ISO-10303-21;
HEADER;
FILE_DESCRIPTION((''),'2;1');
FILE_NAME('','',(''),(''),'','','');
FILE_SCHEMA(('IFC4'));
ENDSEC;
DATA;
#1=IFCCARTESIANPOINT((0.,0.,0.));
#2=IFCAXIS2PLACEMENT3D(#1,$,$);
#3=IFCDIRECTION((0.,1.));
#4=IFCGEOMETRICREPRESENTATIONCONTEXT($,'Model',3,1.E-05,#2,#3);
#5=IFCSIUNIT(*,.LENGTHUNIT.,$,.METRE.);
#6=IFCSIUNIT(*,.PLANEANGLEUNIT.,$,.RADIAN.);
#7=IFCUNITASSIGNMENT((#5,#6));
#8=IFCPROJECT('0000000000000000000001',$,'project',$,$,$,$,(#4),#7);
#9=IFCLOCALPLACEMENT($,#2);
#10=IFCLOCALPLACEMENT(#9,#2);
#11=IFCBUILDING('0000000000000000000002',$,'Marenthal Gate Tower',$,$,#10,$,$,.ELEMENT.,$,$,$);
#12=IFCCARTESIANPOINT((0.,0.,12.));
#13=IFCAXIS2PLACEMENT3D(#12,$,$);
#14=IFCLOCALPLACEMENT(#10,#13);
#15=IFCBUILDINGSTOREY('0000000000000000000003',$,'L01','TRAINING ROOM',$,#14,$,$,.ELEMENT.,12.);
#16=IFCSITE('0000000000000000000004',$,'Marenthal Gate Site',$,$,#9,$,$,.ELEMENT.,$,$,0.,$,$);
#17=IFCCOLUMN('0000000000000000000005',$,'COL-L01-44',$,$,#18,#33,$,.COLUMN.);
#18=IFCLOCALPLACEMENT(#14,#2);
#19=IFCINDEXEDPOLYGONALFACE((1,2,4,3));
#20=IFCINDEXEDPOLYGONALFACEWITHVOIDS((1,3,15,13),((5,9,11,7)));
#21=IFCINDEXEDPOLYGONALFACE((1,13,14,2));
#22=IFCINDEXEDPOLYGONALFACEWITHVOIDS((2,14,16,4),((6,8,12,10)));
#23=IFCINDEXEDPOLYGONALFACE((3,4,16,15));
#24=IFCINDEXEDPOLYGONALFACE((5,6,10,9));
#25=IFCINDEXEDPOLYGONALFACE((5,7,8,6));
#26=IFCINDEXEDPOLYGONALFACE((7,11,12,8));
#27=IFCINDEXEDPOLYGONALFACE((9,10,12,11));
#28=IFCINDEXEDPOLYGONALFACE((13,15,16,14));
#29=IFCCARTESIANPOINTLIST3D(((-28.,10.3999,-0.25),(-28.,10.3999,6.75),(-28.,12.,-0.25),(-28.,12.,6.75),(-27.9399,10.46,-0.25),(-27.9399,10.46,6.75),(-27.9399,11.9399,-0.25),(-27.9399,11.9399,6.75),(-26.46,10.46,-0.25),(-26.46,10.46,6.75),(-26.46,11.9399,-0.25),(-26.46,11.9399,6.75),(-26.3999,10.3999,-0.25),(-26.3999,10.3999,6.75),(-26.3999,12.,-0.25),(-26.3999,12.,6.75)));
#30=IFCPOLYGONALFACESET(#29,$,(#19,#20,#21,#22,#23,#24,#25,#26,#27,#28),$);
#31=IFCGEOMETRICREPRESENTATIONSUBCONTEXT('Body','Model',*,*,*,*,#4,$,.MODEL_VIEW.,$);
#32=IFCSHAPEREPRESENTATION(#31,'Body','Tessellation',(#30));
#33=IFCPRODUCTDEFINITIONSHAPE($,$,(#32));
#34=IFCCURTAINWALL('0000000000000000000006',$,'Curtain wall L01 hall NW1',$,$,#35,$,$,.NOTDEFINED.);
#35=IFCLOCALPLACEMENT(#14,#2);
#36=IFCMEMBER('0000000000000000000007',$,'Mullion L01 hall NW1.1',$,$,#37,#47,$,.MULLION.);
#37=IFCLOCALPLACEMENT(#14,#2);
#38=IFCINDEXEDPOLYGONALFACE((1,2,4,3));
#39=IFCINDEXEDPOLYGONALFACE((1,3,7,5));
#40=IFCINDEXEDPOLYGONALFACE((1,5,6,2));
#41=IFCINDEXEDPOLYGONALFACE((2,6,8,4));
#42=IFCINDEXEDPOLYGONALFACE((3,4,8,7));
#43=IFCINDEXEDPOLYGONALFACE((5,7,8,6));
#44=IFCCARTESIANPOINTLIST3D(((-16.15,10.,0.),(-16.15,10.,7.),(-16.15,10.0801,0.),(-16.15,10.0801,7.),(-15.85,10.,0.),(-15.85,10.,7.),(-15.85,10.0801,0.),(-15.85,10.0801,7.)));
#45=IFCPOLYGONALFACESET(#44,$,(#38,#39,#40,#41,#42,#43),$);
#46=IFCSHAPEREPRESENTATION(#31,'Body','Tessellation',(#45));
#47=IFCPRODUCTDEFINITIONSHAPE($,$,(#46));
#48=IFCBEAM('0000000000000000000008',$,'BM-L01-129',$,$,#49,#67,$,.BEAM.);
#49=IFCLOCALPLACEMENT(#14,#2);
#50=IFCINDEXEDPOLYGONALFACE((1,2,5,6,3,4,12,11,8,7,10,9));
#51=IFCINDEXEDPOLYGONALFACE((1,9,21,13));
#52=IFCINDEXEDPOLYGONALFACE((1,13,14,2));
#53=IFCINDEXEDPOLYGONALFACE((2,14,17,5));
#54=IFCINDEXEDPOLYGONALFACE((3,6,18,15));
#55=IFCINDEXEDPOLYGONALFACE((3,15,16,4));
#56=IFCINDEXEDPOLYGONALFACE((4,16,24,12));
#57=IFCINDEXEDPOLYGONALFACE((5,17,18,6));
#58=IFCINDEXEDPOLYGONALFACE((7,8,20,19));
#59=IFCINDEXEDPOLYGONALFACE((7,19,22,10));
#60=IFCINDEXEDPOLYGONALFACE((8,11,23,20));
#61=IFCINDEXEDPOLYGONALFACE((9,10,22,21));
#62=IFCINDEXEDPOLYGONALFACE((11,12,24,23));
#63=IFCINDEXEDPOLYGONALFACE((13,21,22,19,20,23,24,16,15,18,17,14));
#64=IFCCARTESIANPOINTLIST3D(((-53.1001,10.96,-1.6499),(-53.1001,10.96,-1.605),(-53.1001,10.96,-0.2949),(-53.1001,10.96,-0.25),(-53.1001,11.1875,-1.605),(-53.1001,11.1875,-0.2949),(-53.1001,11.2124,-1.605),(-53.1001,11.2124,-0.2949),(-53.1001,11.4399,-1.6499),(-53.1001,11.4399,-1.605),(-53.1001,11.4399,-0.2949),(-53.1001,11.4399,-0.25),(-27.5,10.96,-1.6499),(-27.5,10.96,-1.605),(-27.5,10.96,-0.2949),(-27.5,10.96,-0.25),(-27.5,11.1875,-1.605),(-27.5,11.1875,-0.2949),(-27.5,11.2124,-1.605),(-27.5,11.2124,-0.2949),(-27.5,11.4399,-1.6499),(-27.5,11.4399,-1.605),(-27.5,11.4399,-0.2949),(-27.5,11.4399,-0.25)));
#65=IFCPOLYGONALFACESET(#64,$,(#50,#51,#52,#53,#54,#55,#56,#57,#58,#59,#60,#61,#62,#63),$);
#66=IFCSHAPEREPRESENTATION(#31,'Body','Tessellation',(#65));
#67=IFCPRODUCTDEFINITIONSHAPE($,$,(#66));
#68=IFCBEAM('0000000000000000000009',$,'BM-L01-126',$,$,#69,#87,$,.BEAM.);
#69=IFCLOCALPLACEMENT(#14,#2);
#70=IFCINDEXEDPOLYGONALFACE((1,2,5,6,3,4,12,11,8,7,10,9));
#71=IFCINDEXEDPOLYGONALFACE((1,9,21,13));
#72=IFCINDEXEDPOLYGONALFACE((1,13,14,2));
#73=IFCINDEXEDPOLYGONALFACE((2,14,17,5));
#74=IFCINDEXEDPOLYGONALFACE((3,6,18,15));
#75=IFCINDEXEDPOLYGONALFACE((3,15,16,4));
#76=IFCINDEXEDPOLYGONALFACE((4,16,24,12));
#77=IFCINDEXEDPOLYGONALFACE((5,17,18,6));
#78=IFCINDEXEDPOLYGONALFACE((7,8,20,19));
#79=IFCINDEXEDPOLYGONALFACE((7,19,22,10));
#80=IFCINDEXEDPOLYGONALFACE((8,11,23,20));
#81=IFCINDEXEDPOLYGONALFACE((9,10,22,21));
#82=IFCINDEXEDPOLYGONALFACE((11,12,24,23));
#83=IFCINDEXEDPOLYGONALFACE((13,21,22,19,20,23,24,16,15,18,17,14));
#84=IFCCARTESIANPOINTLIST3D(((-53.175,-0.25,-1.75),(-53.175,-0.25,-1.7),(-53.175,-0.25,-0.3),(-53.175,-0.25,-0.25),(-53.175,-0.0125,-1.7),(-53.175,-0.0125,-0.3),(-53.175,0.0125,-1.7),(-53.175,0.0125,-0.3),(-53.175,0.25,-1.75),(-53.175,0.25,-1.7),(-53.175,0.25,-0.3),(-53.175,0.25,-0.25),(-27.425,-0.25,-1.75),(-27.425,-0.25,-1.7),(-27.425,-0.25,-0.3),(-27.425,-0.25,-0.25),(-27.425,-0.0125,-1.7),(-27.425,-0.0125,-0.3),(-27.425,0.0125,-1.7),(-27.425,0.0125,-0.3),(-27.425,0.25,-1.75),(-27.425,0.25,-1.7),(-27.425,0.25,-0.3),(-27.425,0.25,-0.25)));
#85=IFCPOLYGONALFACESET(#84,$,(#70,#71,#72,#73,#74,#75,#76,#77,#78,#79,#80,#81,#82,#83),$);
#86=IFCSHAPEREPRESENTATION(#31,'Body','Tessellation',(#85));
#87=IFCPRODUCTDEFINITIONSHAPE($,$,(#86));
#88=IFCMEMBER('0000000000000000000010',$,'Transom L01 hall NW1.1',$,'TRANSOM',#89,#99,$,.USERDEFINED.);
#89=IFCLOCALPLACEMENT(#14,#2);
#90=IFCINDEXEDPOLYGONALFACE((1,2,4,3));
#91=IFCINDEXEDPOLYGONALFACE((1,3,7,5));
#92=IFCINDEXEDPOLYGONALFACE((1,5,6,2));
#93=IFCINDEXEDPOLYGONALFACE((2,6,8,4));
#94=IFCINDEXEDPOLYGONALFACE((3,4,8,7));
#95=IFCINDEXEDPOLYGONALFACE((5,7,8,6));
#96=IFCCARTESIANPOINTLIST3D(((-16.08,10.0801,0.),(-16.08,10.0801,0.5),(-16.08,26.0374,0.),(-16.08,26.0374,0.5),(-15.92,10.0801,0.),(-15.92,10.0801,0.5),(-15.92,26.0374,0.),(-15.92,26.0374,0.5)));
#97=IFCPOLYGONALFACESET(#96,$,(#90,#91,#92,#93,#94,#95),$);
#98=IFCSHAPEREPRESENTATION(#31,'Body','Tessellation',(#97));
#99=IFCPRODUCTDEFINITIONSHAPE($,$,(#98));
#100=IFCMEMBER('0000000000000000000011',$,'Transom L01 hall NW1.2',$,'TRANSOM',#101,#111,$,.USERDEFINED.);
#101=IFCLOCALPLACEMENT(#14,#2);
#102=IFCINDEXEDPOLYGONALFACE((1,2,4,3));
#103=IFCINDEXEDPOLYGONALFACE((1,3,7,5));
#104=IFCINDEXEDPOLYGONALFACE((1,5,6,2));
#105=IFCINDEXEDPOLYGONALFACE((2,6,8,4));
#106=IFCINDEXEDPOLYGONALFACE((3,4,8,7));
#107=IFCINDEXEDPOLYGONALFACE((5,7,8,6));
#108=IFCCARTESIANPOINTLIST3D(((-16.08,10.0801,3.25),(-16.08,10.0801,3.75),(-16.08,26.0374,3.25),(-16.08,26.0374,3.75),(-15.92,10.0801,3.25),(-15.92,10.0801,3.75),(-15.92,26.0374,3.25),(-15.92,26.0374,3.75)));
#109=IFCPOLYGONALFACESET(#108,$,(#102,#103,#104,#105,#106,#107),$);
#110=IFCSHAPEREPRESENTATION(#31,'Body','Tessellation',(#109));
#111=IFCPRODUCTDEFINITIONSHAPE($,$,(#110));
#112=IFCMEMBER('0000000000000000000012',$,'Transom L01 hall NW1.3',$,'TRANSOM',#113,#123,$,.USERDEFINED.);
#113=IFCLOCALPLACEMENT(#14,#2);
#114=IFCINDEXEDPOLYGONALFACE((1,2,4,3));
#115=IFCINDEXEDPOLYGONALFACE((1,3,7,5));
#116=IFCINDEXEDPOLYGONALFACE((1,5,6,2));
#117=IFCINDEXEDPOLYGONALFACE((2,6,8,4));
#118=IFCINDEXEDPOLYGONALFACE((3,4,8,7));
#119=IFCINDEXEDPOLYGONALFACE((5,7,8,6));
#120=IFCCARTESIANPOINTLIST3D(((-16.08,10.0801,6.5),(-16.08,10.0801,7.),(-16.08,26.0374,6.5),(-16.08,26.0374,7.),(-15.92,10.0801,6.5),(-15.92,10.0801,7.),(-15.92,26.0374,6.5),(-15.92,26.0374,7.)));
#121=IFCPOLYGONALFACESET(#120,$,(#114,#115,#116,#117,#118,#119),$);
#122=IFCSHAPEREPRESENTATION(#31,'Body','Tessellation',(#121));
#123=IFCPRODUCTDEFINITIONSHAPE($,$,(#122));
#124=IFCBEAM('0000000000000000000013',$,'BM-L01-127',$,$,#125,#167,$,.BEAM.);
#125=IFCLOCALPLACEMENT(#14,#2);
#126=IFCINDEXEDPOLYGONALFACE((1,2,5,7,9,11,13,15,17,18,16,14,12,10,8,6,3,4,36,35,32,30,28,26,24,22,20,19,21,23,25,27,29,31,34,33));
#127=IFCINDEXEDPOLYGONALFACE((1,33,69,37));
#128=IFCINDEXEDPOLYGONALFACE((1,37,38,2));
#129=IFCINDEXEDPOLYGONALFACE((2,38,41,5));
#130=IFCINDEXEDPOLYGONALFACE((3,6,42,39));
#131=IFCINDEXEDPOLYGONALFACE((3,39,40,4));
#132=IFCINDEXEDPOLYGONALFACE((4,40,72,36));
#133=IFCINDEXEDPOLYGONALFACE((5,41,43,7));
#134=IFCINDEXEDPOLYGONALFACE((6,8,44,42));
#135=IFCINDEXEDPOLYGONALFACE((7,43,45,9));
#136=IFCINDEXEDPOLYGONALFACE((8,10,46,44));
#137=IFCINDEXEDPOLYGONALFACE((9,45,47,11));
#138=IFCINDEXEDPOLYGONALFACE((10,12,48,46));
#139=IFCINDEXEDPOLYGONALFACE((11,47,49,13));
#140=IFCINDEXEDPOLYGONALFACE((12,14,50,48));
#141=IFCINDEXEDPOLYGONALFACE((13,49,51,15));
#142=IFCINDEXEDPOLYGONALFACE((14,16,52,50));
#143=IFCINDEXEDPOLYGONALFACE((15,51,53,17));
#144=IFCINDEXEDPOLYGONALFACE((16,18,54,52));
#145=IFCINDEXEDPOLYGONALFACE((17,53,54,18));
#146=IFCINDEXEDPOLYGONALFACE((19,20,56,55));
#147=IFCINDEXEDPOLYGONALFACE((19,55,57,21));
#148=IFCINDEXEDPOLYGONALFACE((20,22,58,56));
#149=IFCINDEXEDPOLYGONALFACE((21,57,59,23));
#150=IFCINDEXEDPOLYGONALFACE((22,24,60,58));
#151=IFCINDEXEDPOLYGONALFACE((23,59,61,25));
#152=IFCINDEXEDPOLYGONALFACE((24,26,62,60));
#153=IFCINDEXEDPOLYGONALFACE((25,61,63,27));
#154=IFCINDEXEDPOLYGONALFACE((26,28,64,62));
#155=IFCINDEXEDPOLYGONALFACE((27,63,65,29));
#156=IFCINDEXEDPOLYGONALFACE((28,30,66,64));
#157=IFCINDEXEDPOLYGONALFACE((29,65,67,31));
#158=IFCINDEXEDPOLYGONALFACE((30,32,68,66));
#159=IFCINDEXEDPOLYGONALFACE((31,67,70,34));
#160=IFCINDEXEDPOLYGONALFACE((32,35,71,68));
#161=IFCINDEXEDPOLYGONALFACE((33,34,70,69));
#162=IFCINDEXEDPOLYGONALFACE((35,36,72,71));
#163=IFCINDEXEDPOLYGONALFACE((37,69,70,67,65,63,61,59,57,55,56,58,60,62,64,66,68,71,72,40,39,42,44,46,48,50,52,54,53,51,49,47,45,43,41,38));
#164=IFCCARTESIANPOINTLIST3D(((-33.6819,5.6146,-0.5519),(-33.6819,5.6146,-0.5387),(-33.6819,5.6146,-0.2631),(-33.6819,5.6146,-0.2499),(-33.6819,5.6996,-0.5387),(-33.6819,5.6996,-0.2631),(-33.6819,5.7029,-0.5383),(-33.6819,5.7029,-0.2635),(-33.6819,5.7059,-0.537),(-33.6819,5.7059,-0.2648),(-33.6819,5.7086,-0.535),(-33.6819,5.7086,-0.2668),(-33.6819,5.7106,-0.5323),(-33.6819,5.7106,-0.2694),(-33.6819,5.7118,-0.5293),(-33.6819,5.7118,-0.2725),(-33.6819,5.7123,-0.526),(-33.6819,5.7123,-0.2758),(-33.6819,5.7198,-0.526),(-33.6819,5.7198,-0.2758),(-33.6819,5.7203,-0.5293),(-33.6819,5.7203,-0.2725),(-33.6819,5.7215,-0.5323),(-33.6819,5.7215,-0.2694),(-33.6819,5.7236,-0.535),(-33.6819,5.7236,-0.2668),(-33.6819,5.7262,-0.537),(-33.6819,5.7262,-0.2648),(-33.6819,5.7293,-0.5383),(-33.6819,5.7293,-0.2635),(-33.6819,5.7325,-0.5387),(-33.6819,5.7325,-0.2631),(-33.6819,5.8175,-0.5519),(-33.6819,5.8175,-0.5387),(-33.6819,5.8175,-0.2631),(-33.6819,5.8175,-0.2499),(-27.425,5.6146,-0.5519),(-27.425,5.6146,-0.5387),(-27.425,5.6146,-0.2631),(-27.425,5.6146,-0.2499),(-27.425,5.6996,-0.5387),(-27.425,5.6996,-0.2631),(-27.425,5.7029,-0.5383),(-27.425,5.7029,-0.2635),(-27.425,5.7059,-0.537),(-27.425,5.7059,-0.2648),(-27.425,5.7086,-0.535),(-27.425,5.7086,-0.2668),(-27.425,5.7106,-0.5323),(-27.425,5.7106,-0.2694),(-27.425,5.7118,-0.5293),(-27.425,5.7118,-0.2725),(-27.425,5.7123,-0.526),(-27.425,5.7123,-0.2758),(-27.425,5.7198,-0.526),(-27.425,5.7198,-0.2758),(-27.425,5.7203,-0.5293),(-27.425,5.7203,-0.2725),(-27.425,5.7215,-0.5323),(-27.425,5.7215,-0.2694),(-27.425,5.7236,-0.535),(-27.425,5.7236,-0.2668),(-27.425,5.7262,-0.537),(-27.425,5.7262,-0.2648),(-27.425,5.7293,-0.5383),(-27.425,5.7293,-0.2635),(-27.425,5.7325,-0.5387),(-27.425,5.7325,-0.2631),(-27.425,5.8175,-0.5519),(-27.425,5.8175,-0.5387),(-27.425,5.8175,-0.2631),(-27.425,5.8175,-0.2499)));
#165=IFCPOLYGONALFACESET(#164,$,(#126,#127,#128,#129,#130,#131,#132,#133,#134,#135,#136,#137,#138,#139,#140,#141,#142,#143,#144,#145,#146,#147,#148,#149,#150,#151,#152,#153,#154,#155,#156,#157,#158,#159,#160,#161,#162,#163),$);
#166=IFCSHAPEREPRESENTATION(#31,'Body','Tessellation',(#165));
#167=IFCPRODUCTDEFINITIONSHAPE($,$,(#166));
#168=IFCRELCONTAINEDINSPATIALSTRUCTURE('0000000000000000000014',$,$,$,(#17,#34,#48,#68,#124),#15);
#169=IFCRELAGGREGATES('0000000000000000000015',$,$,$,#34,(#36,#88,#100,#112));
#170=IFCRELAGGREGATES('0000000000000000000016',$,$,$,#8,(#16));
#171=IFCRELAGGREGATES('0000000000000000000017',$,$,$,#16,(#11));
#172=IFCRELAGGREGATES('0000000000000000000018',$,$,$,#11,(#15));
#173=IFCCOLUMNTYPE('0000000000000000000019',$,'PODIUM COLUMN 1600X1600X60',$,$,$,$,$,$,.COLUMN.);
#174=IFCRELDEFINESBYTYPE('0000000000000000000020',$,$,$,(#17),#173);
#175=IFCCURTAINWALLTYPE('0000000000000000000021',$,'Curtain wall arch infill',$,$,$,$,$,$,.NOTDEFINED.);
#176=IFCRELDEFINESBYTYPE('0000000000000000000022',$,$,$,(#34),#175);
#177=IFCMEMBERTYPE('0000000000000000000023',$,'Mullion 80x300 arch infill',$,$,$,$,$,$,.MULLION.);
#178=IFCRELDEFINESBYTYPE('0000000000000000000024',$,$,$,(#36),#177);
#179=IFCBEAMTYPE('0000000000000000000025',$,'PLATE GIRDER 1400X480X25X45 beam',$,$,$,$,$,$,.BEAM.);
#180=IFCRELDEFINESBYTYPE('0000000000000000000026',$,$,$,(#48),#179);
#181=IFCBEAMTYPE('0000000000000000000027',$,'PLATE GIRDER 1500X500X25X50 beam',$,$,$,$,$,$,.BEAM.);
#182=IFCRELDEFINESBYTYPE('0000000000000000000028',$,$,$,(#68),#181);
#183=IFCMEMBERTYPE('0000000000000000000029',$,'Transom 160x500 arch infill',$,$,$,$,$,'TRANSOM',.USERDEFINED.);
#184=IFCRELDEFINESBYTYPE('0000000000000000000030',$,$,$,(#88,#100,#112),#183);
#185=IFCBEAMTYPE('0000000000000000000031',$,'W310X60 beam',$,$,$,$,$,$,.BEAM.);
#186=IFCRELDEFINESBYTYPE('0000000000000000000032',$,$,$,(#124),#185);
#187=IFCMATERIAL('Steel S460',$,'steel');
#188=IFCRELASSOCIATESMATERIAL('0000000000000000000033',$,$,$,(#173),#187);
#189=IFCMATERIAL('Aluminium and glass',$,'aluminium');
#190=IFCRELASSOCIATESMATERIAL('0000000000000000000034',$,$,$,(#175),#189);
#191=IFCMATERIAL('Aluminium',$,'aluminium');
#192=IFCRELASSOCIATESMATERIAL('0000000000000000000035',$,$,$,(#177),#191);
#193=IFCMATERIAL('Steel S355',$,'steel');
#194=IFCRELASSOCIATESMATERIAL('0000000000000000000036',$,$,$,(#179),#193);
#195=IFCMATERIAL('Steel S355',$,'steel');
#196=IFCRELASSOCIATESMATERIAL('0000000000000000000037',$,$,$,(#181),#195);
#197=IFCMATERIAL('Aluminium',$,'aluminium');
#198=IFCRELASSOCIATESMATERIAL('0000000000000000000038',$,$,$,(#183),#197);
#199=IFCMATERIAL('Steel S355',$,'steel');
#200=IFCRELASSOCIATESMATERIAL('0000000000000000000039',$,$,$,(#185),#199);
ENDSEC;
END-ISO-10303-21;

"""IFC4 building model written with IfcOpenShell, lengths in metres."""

from ifc_helpers import new_model, si_unit, direction, frame, origin, origin_2d, place, context, subcontext, project, spatial, rectangle, hollow_rectangle, i_section, extrude, material, material_profile, profile_set, type_object, element, aggregate, save


model = new_model("IFC4")

# Units and contexts
model_context = context("Model", 3, precision=1e-05, world=origin(), true_north=direction((0.0, 1.0)))
body_context = subcontext(model_context, "Body", "Model", "MODEL_VIEW")
ifc_project = project(units=[si_unit("LENGTHUNIT", "METRE"), si_unit("PLANEANGLEUNIT", "RADIAN")], contexts=[model_context])

# Site, building, storey
site_placement = place(None, origin())
site = spatial("IfcSite", under=ifc_project, at=site_placement, Name="Marenthal Gate Site", CompositionType="ELEMENT", RefElevation=0.0)
building_placement = place(site_placement, origin())
building = spatial("IfcBuilding", under=site, at=building_placement, Name="Marenthal Gate Tower", CompositionType="ELEMENT")
storey_placement = place(building_placement, frame((0.0, 0.0, 12.0)))
storey = spatial("IfcBuildingStorey", under=building, at=storey_placement, Name="L01", Description="TRAINING ROOM", CompositionType="ELEMENT", Elevation=12.0)

# Column
ifc_material_1 = material(Name="Steel S460", Category="steel")
ifc_material_profile_1 = material_profile(ifc_material_1, hollow_rectangle(XDim=1.6001, YDim=1.6001, WallThickness=0.0601, at=origin_2d()), Name="CFT BOX 1600X1600X60")
ifc_material_2 = material(Name="Concrete 70 MPa", Category="concrete")
ifc_material_profile_2 = material_profile(ifc_material_2, rectangle(XDim=1.48, YDim=1.48, at=origin_2d()), Name="CFT BOX 1600X1600X60 INFILL")
ifc_profile_set_1 = profile_set([ifc_material_profile_1, ifc_material_profile_2], Name="Steel S460 shell, Concrete 70 MPa infill")
column_type = type_object("IfcColumnType", Name="PODIUM COLUMN 1600X1600X60", PredefinedType="COLUMN", material=ifc_profile_set_1)
column_placement = place(storey_placement, frame((-27.2, 11.2, -0.25), z_axis=(0.0, 0.0, 1.0), x_axis=(1.0, 0.0, 0.0)))
element("IfcColumn", 1, at=column_placement, inside=storey, type_object=column_type, Name="COL-L01-44", PredefinedType="COLUMN", context=body_context, shape_type="SweptSolid", body=[
    extrude(hollow_rectangle(XDim=1.6001, YDim=1.6001, WallThickness=0.0601, at=origin_2d()), origin(), (0.0, 0.0, 1.0), 7.0),
])

# Curtain wall, member
ifc_material_3 = material(Name="Aluminium and glass", Category="aluminium")
curtain_wall_type = type_object("IfcCurtainWallType", Name="Curtain wall arch infill", PredefinedType="NOTDEFINED", material=ifc_material_3)
curtain_wall_placement = place(storey_placement, origin())
curtain_wall = element("IfcCurtainWall", 2, at=curtain_wall_placement, inside=storey, type_object=curtain_wall_type, Name="Curtain wall L01 hall NW1", PredefinedType="NOTDEFINED")
ifc_material_4 = material(Name="Aluminium", Category="aluminium")
ifc_material_profile_3 = material_profile(ifc_material_4, rectangle(XDim=0.3, YDim=0.0801, at=origin_2d()), Name="80x300 aluminium mullion")
ifc_profile_set_2 = profile_set([ifc_material_profile_3], Name="Aluminium")
member_type_1 = type_object("IfcMemberType", Name="Mullion 80x300 arch infill", PredefinedType="MULLION", material=ifc_profile_set_2)
member_1_placement = place(storey_placement, frame((-16.0, 10.04, 0.0), z_axis=(0.0, 0.0, 1.0), x_axis=(-1.0, 0.0, 0.0)))
member_1 = element("IfcMember", 3, at=member_1_placement, type_object=member_type_1, Name="Mullion L01 hall NW1.1", PredefinedType="MULLION", context=body_context, shape_type="SweptSolid", body=[
    extrude(rectangle(XDim=0.3, YDim=0.0801, at=origin_2d()), origin(), (0.0, 0.0, 1.0), 7.0),
])

# Beams
ifc_material_5 = material(Name="Steel S355", Category="steel")
ifc_material_profile_4 = material_profile(ifc_material_5, i_section(OverallWidth=0.48, OverallDepth=1.3999, WebThickness=0.0249, FlangeThickness=0.0449, at=origin_2d()), Name="PLATE GIRDER 1400X480X25X45")
ifc_profile_set_3 = profile_set([ifc_material_profile_4], Name="Steel S355")
beam_type_1 = type_object("IfcBeamType", Name="PLATE GIRDER 1400X480X25X45 beam", PredefinedType="BEAM", material=ifc_profile_set_3)
beam_1_placement = place(storey_placement, frame((-27.5, 11.2, -0.95), z_axis=(-1.0, 0.0, 0.0), x_axis=(0.0, -1.0, 0.0)))
element("IfcBeam", 4, at=beam_1_placement, inside=storey, type_object=beam_type_1, Name="BM-L01-129", PredefinedType="BEAM", context=body_context, shape_type="SweptSolid", body=[
    extrude(i_section(OverallWidth=0.48, OverallDepth=1.3999, WebThickness=0.0249, FlangeThickness=0.0449, at=origin_2d()), origin(), (0.0, 0.0, 1.0), 25.6001),
])
ifc_material_6 = material(Name="Steel S355", Category="steel")
ifc_material_profile_5 = material_profile(ifc_material_6, i_section(OverallWidth=0.5, OverallDepth=1.5, WebThickness=0.0249, FlangeThickness=0.05, at=origin_2d()), Name="PLATE GIRDER 1500X500X25X50")
ifc_profile_set_4 = profile_set([ifc_material_profile_5], Name="Steel S355")
beam_type_2 = type_object("IfcBeamType", Name="PLATE GIRDER 1500X500X25X50 beam", PredefinedType="BEAM", material=ifc_profile_set_4)
beam_2_placement = place(storey_placement, frame((-27.425, 0.0, -1.0), z_axis=(-1.0, 0.0, 0.0), x_axis=(0.0, -1.0, 0.0)))
element("IfcBeam", 5, at=beam_2_placement, inside=storey, type_object=beam_type_2, Name="BM-L01-126", PredefinedType="BEAM", context=body_context, shape_type="SweptSolid", body=[
    extrude(i_section(OverallWidth=0.5, OverallDepth=1.5, WebThickness=0.0249, FlangeThickness=0.05, at=origin_2d()), origin(), (0.0, 0.0, 1.0), 25.75),
])

# Members
ifc_material_7 = material(Name="Aluminium", Category="aluminium")
ifc_material_profile_6 = material_profile(ifc_material_7, rectangle(XDim=0.1599, YDim=0.5, at=origin_2d()), Name="160x500 aluminium transom")
ifc_profile_set_5 = profile_set([ifc_material_profile_6], Name="Aluminium")
member_type_2 = type_object("IfcMemberType", Name="Transom 160x500 arch infill", ElementType="TRANSOM", PredefinedType="USERDEFINED", material=ifc_profile_set_5)
member_2_placement = place(storey_placement, frame((-16.0, 10.0801, 0.25), z_axis=(0.0, 1.0, 0.0), x_axis=(-1.0, 0.0, 0.0)))
member_2 = element("IfcMember", 6, at=member_2_placement, type_object=member_type_2, Name="Transom L01 hall NW1.1", ObjectType="TRANSOM", PredefinedType="USERDEFINED", context=body_context, shape_type="SweptSolid", body=[
    extrude(rectangle(XDim=0.1599, YDim=0.5, at=origin_2d()), origin(), (0.0, 0.0, 1.0), 15.9573),
])
member_3_placement = place(storey_placement, frame((-16.0, 10.0801, 3.5), z_axis=(0.0, 1.0, 0.0), x_axis=(-1.0, 0.0, 0.0)))
member_3 = element("IfcMember", 7, at=member_3_placement, type_object=member_type_2, Name="Transom L01 hall NW1.2", ObjectType="TRANSOM", PredefinedType="USERDEFINED", context=body_context, shape_type="SweptSolid", body=[
    extrude(rectangle(XDim=0.1599, YDim=0.5, at=origin_2d()), origin(), (0.0, 0.0, 1.0), 15.9573),
])
member_4_placement = place(storey_placement, frame((-16.0, 10.0801, 6.75), z_axis=(0.0, 1.0, 0.0), x_axis=(-1.0, 0.0, 0.0)))
member_4 = element("IfcMember", 8, at=member_4_placement, type_object=member_type_2, Name="Transom L01 hall NW1.3", ObjectType="TRANSOM", PredefinedType="USERDEFINED", context=body_context, shape_type="SweptSolid", body=[
    extrude(rectangle(XDim=0.1599, YDim=0.5, at=origin_2d()), origin(), (0.0, 0.0, 1.0), 15.9573),
])

# Beam
ifc_material_8 = material(Name="Steel S355", Category="steel")
ifc_material_profile_7 = material_profile(ifc_material_8, i_section(OverallWidth=0.2029, OverallDepth=0.302, WebThickness=0.0076, FlangeThickness=0.0132, FilletRadius=0.0127, at=origin_2d()), Name="W310X60")
ifc_profile_set_6 = profile_set([ifc_material_profile_7], Name="Steel S355")
beam_type_3 = type_object("IfcBeamType", Name="W310X60 beam", PredefinedType="BEAM", material=ifc_profile_set_6)
beam_3_placement = place(storey_placement, frame((-27.425, 5.7161, -0.4009), z_axis=(-1.0, 0.0, 0.0), x_axis=(0.0, -1.0, 0.0)))
element("IfcBeam", 9, at=beam_3_placement, inside=storey, type_object=beam_type_3, Name="BM-L01-127", PredefinedType="BEAM", context=body_context, shape_type="SweptSolid", body=[
    extrude(i_section(OverallWidth=0.2029, OverallDepth=0.302, WebThickness=0.0076, FlangeThickness=0.0132, FilletRadius=0.0127, at=origin_2d()), origin(), (0.0, 0.0, 1.0), 6.2568),
])

aggregate(curtain_wall, [member_1, member_2, member_3, member_4])

save(model, "model.ifc")
